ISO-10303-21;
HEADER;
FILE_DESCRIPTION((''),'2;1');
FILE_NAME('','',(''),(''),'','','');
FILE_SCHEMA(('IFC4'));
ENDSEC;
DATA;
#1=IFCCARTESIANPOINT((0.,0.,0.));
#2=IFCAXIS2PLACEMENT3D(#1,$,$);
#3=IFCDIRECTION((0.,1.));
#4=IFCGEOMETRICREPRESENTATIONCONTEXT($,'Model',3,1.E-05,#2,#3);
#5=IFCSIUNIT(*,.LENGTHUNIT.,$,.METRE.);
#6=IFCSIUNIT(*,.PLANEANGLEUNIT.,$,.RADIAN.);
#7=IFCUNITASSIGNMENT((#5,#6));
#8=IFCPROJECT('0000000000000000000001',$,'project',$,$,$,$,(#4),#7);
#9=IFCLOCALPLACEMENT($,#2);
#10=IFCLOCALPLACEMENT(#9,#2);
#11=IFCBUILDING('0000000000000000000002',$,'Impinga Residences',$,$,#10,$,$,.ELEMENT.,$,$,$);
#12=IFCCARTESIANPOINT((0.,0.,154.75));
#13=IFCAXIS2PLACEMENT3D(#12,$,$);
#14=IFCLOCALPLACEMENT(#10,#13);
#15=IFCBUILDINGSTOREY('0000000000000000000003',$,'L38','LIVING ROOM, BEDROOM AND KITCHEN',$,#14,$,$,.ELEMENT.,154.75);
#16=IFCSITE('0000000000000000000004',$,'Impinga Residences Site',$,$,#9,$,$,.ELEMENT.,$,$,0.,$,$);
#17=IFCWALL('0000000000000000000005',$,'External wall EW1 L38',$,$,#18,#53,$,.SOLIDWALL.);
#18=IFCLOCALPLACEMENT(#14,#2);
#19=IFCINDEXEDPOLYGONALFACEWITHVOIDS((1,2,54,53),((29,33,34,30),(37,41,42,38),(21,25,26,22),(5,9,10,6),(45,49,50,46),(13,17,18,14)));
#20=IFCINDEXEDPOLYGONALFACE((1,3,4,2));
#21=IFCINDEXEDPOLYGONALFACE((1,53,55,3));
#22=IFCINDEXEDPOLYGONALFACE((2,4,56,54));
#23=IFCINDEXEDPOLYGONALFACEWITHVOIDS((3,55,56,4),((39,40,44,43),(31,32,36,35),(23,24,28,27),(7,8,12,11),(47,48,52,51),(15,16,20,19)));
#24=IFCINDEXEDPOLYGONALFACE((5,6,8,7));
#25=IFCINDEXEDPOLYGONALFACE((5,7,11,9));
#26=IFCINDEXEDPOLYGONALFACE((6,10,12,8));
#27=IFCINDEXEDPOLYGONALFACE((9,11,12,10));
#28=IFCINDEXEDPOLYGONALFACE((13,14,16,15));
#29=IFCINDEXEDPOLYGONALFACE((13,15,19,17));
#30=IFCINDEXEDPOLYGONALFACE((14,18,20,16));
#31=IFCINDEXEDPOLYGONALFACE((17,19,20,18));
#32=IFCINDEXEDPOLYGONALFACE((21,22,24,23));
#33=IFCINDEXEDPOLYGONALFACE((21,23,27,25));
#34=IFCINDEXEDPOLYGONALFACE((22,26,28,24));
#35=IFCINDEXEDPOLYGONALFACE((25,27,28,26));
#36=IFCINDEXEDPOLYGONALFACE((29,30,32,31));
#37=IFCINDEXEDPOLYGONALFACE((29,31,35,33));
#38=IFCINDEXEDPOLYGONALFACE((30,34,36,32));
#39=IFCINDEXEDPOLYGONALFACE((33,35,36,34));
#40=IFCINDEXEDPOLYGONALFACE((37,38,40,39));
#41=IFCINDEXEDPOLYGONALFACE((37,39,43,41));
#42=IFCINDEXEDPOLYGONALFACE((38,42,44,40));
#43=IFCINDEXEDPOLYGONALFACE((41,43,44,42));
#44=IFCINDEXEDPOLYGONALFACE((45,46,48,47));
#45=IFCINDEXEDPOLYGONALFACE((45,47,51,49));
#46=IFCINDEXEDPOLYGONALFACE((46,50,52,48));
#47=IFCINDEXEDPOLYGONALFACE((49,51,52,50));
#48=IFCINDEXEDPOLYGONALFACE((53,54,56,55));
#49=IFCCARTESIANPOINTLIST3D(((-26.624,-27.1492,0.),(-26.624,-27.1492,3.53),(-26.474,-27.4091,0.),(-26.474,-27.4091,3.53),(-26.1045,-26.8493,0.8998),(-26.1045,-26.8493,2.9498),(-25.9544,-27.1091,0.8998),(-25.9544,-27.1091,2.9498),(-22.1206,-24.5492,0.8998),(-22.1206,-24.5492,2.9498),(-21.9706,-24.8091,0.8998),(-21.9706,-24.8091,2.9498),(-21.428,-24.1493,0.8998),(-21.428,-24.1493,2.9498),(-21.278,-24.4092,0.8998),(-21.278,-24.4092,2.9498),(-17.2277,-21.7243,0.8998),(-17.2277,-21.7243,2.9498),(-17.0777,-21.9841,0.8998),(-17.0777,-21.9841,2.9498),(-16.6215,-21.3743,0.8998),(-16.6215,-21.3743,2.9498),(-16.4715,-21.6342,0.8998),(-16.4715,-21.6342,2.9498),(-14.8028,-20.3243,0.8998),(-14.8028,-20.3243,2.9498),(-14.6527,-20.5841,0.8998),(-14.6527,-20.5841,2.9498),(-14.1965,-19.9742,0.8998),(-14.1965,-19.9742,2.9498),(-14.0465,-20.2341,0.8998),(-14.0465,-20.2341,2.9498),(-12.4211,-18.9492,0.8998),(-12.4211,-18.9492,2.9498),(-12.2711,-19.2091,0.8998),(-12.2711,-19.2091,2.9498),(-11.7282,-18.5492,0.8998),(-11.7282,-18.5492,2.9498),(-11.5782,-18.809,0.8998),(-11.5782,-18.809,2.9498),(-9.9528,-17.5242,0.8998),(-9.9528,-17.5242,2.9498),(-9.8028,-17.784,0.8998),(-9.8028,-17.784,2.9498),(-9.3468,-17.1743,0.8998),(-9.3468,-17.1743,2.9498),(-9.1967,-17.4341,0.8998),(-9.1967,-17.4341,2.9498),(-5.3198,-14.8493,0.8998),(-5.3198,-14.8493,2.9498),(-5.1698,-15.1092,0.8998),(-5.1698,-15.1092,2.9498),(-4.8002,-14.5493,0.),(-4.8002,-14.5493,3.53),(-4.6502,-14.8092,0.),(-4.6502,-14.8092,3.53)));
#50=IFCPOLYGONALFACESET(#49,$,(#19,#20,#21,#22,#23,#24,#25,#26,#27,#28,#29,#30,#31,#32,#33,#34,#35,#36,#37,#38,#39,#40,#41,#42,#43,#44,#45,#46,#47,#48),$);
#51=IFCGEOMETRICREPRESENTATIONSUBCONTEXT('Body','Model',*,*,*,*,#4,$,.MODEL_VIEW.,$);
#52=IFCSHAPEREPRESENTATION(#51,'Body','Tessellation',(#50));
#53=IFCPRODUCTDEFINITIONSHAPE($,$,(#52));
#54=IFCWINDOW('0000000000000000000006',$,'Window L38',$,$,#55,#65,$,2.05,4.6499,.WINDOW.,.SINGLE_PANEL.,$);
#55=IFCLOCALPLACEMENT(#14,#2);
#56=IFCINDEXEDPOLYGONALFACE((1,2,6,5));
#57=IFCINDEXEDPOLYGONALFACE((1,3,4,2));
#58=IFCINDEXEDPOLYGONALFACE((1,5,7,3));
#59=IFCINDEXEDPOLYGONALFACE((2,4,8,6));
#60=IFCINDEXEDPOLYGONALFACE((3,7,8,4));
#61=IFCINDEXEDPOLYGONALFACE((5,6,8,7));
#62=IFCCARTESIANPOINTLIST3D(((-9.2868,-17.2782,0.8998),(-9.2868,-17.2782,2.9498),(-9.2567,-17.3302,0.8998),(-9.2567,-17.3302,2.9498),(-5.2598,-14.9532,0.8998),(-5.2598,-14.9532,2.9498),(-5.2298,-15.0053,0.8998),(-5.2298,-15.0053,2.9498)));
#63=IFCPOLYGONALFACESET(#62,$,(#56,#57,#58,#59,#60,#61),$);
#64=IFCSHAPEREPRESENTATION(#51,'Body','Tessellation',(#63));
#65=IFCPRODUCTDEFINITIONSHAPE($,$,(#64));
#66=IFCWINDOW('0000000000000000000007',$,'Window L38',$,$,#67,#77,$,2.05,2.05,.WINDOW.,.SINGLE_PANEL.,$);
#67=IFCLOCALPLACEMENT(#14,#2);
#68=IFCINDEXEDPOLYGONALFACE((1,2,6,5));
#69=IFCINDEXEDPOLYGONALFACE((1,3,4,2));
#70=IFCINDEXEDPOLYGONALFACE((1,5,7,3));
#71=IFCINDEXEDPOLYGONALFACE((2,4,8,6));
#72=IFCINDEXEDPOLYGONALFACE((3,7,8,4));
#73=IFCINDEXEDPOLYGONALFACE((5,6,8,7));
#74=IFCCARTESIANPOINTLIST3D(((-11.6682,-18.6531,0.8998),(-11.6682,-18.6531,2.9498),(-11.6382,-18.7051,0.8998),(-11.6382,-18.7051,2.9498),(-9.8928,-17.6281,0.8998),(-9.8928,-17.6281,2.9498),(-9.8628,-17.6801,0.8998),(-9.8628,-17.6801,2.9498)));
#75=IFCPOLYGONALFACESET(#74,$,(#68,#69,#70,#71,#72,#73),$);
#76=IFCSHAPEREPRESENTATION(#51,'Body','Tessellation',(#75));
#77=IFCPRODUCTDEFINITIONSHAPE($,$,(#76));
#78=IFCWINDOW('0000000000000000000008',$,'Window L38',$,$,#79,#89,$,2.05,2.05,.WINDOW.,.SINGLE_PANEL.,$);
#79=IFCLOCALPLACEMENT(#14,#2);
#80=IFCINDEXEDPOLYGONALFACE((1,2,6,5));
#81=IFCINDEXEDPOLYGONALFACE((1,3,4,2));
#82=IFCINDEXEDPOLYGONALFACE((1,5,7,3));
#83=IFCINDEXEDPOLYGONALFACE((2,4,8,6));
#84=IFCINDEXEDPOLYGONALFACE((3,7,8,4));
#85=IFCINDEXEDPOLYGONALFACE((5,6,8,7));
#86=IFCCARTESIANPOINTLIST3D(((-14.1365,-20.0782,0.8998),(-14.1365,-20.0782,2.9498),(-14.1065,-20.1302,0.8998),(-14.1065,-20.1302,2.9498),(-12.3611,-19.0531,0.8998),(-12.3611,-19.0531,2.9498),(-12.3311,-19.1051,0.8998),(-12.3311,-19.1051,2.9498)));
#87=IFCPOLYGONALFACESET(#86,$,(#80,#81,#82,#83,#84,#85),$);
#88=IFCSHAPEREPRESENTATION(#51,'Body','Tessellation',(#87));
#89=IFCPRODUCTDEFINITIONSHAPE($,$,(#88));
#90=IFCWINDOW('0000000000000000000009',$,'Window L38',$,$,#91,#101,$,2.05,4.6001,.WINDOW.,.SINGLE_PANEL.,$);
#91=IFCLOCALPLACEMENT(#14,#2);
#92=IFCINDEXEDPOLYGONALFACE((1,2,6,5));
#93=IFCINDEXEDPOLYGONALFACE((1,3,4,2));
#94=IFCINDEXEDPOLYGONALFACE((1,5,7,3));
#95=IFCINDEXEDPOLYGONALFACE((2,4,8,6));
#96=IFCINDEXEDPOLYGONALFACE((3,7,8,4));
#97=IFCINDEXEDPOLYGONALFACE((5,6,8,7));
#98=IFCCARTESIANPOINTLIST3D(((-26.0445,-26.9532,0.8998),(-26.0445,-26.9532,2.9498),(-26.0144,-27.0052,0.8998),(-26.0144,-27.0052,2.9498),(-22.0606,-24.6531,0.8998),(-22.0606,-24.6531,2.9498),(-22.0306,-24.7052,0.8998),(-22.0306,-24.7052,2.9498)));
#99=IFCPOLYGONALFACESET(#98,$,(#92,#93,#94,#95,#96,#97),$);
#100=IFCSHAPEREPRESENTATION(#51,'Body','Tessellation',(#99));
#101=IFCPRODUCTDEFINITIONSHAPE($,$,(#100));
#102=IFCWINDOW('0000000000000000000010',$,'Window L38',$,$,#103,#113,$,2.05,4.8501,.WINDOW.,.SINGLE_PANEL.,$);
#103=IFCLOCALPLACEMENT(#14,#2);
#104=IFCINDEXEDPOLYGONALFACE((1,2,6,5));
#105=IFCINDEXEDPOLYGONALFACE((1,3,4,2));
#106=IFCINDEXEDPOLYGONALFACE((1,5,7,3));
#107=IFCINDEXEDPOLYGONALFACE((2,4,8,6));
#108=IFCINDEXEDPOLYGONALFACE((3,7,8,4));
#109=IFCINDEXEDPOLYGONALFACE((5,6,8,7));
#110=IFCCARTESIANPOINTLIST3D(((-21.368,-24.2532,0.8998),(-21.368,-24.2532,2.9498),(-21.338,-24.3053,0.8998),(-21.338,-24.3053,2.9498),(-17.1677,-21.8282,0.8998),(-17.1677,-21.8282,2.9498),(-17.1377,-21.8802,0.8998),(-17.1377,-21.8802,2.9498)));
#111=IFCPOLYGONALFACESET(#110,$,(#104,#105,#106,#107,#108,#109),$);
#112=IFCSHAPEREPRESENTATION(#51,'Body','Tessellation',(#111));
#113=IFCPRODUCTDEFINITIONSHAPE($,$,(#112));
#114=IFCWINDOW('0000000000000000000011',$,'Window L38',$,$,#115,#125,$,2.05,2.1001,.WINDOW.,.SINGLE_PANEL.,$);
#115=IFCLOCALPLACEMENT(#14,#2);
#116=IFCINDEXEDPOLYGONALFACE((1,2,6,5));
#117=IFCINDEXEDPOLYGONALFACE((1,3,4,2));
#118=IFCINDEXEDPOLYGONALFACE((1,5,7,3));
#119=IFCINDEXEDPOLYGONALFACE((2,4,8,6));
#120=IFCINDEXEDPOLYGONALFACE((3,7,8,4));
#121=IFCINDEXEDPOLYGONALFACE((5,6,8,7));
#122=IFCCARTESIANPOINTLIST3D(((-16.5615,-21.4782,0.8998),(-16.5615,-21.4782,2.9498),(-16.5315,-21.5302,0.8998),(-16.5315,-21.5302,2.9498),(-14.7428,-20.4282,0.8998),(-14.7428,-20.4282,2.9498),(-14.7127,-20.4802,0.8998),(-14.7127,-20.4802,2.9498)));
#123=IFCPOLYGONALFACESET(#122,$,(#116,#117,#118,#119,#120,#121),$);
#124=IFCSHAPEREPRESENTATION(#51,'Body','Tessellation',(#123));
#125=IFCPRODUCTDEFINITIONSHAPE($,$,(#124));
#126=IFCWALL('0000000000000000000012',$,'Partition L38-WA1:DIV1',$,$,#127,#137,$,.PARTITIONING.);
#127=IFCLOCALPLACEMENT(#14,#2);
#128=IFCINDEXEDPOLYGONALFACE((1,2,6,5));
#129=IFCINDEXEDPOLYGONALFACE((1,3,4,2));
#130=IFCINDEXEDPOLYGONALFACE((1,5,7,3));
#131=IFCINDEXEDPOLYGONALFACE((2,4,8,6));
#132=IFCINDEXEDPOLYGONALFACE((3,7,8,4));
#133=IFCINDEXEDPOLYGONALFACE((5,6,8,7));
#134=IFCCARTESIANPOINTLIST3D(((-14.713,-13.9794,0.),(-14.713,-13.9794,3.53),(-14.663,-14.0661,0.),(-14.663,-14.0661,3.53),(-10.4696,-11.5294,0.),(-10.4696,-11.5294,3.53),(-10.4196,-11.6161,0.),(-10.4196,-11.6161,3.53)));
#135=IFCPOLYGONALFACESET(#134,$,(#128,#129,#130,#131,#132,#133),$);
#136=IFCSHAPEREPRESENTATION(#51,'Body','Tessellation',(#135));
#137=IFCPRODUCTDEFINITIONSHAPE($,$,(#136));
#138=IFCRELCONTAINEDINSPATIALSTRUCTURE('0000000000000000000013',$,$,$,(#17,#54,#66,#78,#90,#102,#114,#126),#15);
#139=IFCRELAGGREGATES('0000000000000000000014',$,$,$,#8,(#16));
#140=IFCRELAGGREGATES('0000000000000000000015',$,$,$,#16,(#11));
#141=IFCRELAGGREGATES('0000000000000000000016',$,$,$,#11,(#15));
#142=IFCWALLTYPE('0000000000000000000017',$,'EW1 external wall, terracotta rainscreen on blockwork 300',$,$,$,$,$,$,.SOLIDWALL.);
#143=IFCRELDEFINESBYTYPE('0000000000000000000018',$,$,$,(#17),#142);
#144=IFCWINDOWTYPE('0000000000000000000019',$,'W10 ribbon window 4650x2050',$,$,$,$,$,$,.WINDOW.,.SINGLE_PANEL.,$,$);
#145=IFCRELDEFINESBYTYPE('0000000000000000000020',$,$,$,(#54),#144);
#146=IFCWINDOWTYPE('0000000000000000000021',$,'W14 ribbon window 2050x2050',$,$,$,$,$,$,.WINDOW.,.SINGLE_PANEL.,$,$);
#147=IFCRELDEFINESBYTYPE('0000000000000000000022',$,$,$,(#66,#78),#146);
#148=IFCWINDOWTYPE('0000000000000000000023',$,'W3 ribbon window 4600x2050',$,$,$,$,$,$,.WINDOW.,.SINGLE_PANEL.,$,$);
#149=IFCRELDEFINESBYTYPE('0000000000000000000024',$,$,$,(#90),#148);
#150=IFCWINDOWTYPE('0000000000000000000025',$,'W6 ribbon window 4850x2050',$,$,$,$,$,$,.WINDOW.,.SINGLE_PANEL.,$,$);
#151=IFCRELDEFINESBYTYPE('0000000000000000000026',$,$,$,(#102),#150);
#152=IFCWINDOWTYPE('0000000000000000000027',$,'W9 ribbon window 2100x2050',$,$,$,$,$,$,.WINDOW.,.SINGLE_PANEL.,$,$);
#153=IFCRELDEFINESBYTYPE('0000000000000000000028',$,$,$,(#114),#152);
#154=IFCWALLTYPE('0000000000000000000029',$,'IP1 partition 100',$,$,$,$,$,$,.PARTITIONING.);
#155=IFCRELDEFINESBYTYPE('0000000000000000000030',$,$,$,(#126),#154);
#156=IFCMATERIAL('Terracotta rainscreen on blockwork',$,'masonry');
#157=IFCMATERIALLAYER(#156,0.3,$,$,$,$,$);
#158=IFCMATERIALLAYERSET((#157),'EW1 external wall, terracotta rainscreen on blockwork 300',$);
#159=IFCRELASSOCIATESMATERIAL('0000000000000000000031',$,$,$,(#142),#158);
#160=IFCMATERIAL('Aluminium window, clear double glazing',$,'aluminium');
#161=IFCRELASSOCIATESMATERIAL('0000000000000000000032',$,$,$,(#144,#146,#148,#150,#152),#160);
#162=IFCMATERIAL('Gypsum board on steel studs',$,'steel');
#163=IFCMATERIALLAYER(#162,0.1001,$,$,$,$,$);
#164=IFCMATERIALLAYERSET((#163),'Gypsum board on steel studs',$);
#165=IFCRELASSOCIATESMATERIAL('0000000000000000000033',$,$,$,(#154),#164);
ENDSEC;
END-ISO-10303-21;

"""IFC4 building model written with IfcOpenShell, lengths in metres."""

from ifc_helpers import new_model, si_unit, direction, frame, frame_2d, origin, place, context, subcontext, project, spatial, rectangle, extrude, material, layer, layer_set, type_object, element, fill, save


model = new_model("IFC4")

# Units and contexts
model_context = context("Model", 3, precision=1e-05, world=origin(), true_north=direction((0.0, 1.0)))
body_context = subcontext(model_context, "Body", "Model", "MODEL_VIEW")
ifc_project = project(units=[si_unit("LENGTHUNIT", "METRE"), si_unit("PLANEANGLEUNIT", "RADIAN")], contexts=[model_context])

# Site, building, storey
site_placement = place(None, origin())
site = spatial("IfcSite", under=ifc_project, at=site_placement, Name="Impinga Residences Site", CompositionType="ELEMENT", RefElevation=0.0)
building_placement = place(site_placement, origin())
building = spatial("IfcBuilding", under=site, at=building_placement, Name="Impinga Residences", CompositionType="ELEMENT")
storey_placement = place(building_placement, frame((0.0, 0.0, 154.75)))
storey = spatial("IfcBuildingStorey", under=building, at=storey_placement, Name="L38", Description="LIVING ROOM, BEDROOM AND KITCHEN", CompositionType="ELEMENT", Elevation=154.75)

# Shared definitions
ifc_material_1 = material(Name="Terracotta rainscreen on blockwork", Category="masonry")
ifc_layer_1 = layer(ifc_material_1, 0.3)
ifc_layer_set_1 = layer_set([ifc_layer_1], Name="EW1 external wall, terracotta rainscreen on blockwork 300")
wall_type_1 = type_object("IfcWallType", Name="EW1 external wall, terracotta rainscreen on blockwork 300", PredefinedType="SOLIDWALL", material=ifc_layer_set_1)

# Wall, openings, windows
wall_1_placement = place(storey_placement, frame((-4.7251, -14.6792, 0.0), z_axis=(0.0, 0.0, 1.0), x_axis=(-0.866027, -0.499998, 0.0)))
wall_1 = element("IfcWall", 1, at=wall_1_placement, inside=storey, type_object=wall_type_1, Name="External wall EW1 L38", PredefinedType="SOLIDWALL", context=body_context, shape_type="SweptSolid", body=[
    extrude(rectangle(XDim=25.2, YDim=0.3, at=frame_2d((12.6001, 0.0))), origin(), (0.0, 0.0, 1.0), 3.53),
])
opening_1_placement = place(wall_1_placement, frame((0.6001, 0.0, 0.8999)))
opening_1 = element("IfcOpeningElement", 2, at=opening_1_placement, cuts=wall_1, PredefinedType="OPENING", context=body_context, shape_type="SweptSolid", body=[
    extrude(rectangle(XDim=4.6499, YDim=2.05, at=frame_2d((2.325, 1.0249))), frame((0.0, 0.1599, 0.0), z_axis=(0.0, -1.0, 0.0), x_axis=(1.0, 0.0, 0.0)), (0.0, 0.0, 1.0), 0.3201),
])
opening_2_placement = place(wall_1_placement, frame((5.95, 0.0, 0.8999)))
opening_2 = element("IfcOpeningElement", 3, at=opening_2_placement, cuts=wall_1, PredefinedType="OPENING", context=body_context, shape_type="SweptSolid", body=[
    extrude(rectangle(XDim=2.05, YDim=2.05, at=frame_2d((1.0249, 1.0249))), frame((0.0, 0.1599, 0.0), z_axis=(0.0, -1.0, 0.0), x_axis=(1.0, 0.0, 0.0)), (0.0, 0.0, 1.0), 0.3201),
])
opening_3_placement = place(wall_1_placement, frame((8.8, 0.0, 0.8999)))
opening_3 = element("IfcOpeningElement", 4, at=opening_3_placement, cuts=wall_1, PredefinedType="OPENING", context=body_context, shape_type="SweptSolid", body=[
    extrude(rectangle(XDim=2.05, YDim=2.05, at=frame_2d((1.0249, 1.0249))), frame((0.0, 0.1599, 0.0), z_axis=(0.0, -1.0, 0.0), x_axis=(1.0, 0.0, 0.0)), (0.0, 0.0, 1.0), 0.3201),
])
opening_4_placement = place(wall_1_placement, frame((11.55, 0.0, 0.8999)))
opening_4 = element("IfcOpeningElement", 5, at=opening_4_placement, cuts=wall_1, PredefinedType="OPENING", context=body_context, shape_type="SweptSolid", body=[
    extrude(rectangle(XDim=2.1001, YDim=2.05, at=frame_2d((1.05, 1.0249))), frame((0.0, 0.1599, 0.0), z_axis=(0.0, -1.0, 0.0), x_axis=(1.0, 0.0, 0.0)), (0.0, 0.0, 1.0), 0.3201),
])
opening_5_placement = place(wall_1_placement, frame((14.3501, 0.0, 0.8999)))
opening_5 = element("IfcOpeningElement", 6, at=opening_5_placement, cuts=wall_1, PredefinedType="OPENING", context=body_context, shape_type="SweptSolid", body=[
    extrude(rectangle(XDim=4.8501, YDim=2.05, at=frame_2d((2.425, 1.0249))), frame((0.0, 0.1599, 0.0), z_axis=(0.0, -1.0, 0.0), x_axis=(1.0, 0.0, 0.0)), (0.0, 0.0, 1.0), 0.3201),
])
opening_6_placement = place(wall_1_placement, frame((20.0, 0.0, 0.8999)))
opening_6 = element("IfcOpeningElement", 7, at=opening_6_placement, cuts=wall_1, PredefinedType="OPENING", context=body_context, shape_type="SweptSolid", body=[
    extrude(rectangle(XDim=4.6001, YDim=2.05, at=frame_2d((2.3, 1.0249))), frame((0.0, 0.1599, 0.0), z_axis=(0.0, -1.0, 0.0), x_axis=(1.0, 0.0, 0.0)), (0.0, 0.0, 1.0), 0.3201),
])
ifc_material_2 = material(Name="Aluminium window, clear double glazing", Category="aluminium")
window_type_1 = type_object("IfcWindowType", Name="W10 ribbon window 4650x2050", PartitioningType="SINGLE_PANEL", PredefinedType="WINDOW", material=ifc_material_2)
window_1_placement = place(opening_1_placement, origin())
window_1 = element("IfcWindow", 8, at=window_1_placement, inside=storey, type_object=window_type_1, Name="Window L38", OverallHeight=2.05, OverallWidth=4.6499, PartitioningType="SINGLE_PANEL", PredefinedType="WINDOW", context=body_context, shape_type="SweptSolid", body=[
    extrude(rectangle(XDim=4.6499, YDim=2.05, at=frame_2d((2.325, 1.0249))), frame((0.0, 0.03, 0.0), z_axis=(0.0, -1.0, 0.0), x_axis=(1.0, 0.0, 0.0)), (0.0, 0.0, 1.0), 0.0601),
])
fill(opening_1, window_1)
window_type_2 = type_object("IfcWindowType", Name="W14 ribbon window 2050x2050", PartitioningType="SINGLE_PANEL", PredefinedType="WINDOW", material=ifc_material_2)
window_2_placement = place(opening_2_placement, origin())
window_2 = element("IfcWindow", 9, at=window_2_placement, inside=storey, type_object=window_type_2, Name="Window L38", OverallHeight=2.05, OverallWidth=2.05, PartitioningType="SINGLE_PANEL", PredefinedType="WINDOW", context=body_context, shape_type="SweptSolid", body=[
    extrude(rectangle(XDim=2.05, YDim=2.05, at=frame_2d((1.0249, 1.0249))), frame((0.0, 0.03, 0.0), z_axis=(0.0, -1.0, 0.0), x_axis=(1.0, 0.0, 0.0)), (0.0, 0.0, 1.0), 0.0601),
])
fill(opening_2, window_2)
window_3_placement = place(opening_3_placement, origin())
window_3 = element("IfcWindow", 10, at=window_3_placement, inside=storey, type_object=window_type_2, Name="Window L38", OverallHeight=2.05, OverallWidth=2.05, PartitioningType="SINGLE_PANEL", PredefinedType="WINDOW", context=body_context, shape_type="SweptSolid", body=[
    extrude(rectangle(XDim=2.05, YDim=2.05, at=frame_2d((1.0249, 1.0249))), frame((0.0, 0.03, 0.0), z_axis=(0.0, -1.0, 0.0), x_axis=(1.0, 0.0, 0.0)), (0.0, 0.0, 1.0), 0.0601),
])
fill(opening_3, window_3)
window_type_3 = type_object("IfcWindowType", Name="W3 ribbon window 4600x2050", PartitioningType="SINGLE_PANEL", PredefinedType="WINDOW", material=ifc_material_2)
window_4_placement = place(opening_6_placement, origin())
window_4 = element("IfcWindow", 11, at=window_4_placement, inside=storey, type_object=window_type_3, Name="Window L38", OverallHeight=2.05, OverallWidth=4.6001, PartitioningType="SINGLE_PANEL", PredefinedType="WINDOW", context=body_context, shape_type="SweptSolid", body=[
    extrude(rectangle(XDim=4.6001, YDim=2.05, at=frame_2d((2.3, 1.0249))), frame((0.0, 0.03, 0.0), z_axis=(0.0, -1.0, 0.0), x_axis=(1.0, 0.0, 0.0)), (0.0, 0.0, 1.0), 0.0601),
])
fill(opening_6, window_4)
window_type_4 = type_object("IfcWindowType", Name="W6 ribbon window 4850x2050", PartitioningType="SINGLE_PANEL", PredefinedType="WINDOW", material=ifc_material_2)
window_5_placement = place(opening_5_placement, origin())
window_5 = element("IfcWindow", 12, at=window_5_placement, inside=storey, type_object=window_type_4, Name="Window L38", OverallHeight=2.05, OverallWidth=4.8501, PartitioningType="SINGLE_PANEL", PredefinedType="WINDOW", context=body_context, shape_type="SweptSolid", body=[
    extrude(rectangle(XDim=4.8501, YDim=2.05, at=frame_2d((2.425, 1.0249))), frame((0.0, 0.03, 0.0), z_axis=(0.0, -1.0, 0.0), x_axis=(1.0, 0.0, 0.0)), (0.0, 0.0, 1.0), 0.0601),
])
fill(opening_5, window_5)
window_type_5 = type_object("IfcWindowType", Name="W9 ribbon window 2100x2050", PartitioningType="SINGLE_PANEL", PredefinedType="WINDOW", material=ifc_material_2)
window_6_placement = place(opening_4_placement, origin())
window_6 = element("IfcWindow", 13, at=window_6_placement, inside=storey, type_object=window_type_5, Name="Window L38", OverallHeight=2.05, OverallWidth=2.1001, PartitioningType="SINGLE_PANEL", PredefinedType="WINDOW", context=body_context, shape_type="SweptSolid", body=[
    extrude(rectangle(XDim=2.1001, YDim=2.05, at=frame_2d((1.05, 1.0249))), frame((0.0, 0.03, 0.0), z_axis=(0.0, -1.0, 0.0), x_axis=(1.0, 0.0, 0.0)), (0.0, 0.0, 1.0), 0.0601),
])
fill(opening_4, window_6)

# Wall
ifc_material_3 = material(Name="Gypsum board on steel studs", Category="steel")
ifc_layer_2 = layer(ifc_material_3, 0.1001)
ifc_layer_set_2 = layer_set([ifc_layer_2], Name="Gypsum board on steel studs")
wall_type_2 = type_object("IfcWallType", Name="IP1 partition 100", PredefinedType="PARTITIONING", material=ifc_layer_set_2)
wall_2_placement = place(storey_placement, frame((-10.4446, -11.5728, 0.0), z_axis=(0.0, 0.0, 1.0), x_axis=(-0.866024, -0.500003, 0.0)))
element("IfcWall", 14, at=wall_2_placement, inside=storey, type_object=wall_type_2, Name="Partition L38-WA1:DIV1", PredefinedType="PARTITIONING", context=body_context, shape_type="SweptSolid", body=[
    extrude(rectangle(XDim=4.8999, YDim=0.1001, at=frame_2d((2.45, 0.0))), origin(), (0.0, 0.0, 1.0), 3.53),
])

save(model, "model.ifc")
